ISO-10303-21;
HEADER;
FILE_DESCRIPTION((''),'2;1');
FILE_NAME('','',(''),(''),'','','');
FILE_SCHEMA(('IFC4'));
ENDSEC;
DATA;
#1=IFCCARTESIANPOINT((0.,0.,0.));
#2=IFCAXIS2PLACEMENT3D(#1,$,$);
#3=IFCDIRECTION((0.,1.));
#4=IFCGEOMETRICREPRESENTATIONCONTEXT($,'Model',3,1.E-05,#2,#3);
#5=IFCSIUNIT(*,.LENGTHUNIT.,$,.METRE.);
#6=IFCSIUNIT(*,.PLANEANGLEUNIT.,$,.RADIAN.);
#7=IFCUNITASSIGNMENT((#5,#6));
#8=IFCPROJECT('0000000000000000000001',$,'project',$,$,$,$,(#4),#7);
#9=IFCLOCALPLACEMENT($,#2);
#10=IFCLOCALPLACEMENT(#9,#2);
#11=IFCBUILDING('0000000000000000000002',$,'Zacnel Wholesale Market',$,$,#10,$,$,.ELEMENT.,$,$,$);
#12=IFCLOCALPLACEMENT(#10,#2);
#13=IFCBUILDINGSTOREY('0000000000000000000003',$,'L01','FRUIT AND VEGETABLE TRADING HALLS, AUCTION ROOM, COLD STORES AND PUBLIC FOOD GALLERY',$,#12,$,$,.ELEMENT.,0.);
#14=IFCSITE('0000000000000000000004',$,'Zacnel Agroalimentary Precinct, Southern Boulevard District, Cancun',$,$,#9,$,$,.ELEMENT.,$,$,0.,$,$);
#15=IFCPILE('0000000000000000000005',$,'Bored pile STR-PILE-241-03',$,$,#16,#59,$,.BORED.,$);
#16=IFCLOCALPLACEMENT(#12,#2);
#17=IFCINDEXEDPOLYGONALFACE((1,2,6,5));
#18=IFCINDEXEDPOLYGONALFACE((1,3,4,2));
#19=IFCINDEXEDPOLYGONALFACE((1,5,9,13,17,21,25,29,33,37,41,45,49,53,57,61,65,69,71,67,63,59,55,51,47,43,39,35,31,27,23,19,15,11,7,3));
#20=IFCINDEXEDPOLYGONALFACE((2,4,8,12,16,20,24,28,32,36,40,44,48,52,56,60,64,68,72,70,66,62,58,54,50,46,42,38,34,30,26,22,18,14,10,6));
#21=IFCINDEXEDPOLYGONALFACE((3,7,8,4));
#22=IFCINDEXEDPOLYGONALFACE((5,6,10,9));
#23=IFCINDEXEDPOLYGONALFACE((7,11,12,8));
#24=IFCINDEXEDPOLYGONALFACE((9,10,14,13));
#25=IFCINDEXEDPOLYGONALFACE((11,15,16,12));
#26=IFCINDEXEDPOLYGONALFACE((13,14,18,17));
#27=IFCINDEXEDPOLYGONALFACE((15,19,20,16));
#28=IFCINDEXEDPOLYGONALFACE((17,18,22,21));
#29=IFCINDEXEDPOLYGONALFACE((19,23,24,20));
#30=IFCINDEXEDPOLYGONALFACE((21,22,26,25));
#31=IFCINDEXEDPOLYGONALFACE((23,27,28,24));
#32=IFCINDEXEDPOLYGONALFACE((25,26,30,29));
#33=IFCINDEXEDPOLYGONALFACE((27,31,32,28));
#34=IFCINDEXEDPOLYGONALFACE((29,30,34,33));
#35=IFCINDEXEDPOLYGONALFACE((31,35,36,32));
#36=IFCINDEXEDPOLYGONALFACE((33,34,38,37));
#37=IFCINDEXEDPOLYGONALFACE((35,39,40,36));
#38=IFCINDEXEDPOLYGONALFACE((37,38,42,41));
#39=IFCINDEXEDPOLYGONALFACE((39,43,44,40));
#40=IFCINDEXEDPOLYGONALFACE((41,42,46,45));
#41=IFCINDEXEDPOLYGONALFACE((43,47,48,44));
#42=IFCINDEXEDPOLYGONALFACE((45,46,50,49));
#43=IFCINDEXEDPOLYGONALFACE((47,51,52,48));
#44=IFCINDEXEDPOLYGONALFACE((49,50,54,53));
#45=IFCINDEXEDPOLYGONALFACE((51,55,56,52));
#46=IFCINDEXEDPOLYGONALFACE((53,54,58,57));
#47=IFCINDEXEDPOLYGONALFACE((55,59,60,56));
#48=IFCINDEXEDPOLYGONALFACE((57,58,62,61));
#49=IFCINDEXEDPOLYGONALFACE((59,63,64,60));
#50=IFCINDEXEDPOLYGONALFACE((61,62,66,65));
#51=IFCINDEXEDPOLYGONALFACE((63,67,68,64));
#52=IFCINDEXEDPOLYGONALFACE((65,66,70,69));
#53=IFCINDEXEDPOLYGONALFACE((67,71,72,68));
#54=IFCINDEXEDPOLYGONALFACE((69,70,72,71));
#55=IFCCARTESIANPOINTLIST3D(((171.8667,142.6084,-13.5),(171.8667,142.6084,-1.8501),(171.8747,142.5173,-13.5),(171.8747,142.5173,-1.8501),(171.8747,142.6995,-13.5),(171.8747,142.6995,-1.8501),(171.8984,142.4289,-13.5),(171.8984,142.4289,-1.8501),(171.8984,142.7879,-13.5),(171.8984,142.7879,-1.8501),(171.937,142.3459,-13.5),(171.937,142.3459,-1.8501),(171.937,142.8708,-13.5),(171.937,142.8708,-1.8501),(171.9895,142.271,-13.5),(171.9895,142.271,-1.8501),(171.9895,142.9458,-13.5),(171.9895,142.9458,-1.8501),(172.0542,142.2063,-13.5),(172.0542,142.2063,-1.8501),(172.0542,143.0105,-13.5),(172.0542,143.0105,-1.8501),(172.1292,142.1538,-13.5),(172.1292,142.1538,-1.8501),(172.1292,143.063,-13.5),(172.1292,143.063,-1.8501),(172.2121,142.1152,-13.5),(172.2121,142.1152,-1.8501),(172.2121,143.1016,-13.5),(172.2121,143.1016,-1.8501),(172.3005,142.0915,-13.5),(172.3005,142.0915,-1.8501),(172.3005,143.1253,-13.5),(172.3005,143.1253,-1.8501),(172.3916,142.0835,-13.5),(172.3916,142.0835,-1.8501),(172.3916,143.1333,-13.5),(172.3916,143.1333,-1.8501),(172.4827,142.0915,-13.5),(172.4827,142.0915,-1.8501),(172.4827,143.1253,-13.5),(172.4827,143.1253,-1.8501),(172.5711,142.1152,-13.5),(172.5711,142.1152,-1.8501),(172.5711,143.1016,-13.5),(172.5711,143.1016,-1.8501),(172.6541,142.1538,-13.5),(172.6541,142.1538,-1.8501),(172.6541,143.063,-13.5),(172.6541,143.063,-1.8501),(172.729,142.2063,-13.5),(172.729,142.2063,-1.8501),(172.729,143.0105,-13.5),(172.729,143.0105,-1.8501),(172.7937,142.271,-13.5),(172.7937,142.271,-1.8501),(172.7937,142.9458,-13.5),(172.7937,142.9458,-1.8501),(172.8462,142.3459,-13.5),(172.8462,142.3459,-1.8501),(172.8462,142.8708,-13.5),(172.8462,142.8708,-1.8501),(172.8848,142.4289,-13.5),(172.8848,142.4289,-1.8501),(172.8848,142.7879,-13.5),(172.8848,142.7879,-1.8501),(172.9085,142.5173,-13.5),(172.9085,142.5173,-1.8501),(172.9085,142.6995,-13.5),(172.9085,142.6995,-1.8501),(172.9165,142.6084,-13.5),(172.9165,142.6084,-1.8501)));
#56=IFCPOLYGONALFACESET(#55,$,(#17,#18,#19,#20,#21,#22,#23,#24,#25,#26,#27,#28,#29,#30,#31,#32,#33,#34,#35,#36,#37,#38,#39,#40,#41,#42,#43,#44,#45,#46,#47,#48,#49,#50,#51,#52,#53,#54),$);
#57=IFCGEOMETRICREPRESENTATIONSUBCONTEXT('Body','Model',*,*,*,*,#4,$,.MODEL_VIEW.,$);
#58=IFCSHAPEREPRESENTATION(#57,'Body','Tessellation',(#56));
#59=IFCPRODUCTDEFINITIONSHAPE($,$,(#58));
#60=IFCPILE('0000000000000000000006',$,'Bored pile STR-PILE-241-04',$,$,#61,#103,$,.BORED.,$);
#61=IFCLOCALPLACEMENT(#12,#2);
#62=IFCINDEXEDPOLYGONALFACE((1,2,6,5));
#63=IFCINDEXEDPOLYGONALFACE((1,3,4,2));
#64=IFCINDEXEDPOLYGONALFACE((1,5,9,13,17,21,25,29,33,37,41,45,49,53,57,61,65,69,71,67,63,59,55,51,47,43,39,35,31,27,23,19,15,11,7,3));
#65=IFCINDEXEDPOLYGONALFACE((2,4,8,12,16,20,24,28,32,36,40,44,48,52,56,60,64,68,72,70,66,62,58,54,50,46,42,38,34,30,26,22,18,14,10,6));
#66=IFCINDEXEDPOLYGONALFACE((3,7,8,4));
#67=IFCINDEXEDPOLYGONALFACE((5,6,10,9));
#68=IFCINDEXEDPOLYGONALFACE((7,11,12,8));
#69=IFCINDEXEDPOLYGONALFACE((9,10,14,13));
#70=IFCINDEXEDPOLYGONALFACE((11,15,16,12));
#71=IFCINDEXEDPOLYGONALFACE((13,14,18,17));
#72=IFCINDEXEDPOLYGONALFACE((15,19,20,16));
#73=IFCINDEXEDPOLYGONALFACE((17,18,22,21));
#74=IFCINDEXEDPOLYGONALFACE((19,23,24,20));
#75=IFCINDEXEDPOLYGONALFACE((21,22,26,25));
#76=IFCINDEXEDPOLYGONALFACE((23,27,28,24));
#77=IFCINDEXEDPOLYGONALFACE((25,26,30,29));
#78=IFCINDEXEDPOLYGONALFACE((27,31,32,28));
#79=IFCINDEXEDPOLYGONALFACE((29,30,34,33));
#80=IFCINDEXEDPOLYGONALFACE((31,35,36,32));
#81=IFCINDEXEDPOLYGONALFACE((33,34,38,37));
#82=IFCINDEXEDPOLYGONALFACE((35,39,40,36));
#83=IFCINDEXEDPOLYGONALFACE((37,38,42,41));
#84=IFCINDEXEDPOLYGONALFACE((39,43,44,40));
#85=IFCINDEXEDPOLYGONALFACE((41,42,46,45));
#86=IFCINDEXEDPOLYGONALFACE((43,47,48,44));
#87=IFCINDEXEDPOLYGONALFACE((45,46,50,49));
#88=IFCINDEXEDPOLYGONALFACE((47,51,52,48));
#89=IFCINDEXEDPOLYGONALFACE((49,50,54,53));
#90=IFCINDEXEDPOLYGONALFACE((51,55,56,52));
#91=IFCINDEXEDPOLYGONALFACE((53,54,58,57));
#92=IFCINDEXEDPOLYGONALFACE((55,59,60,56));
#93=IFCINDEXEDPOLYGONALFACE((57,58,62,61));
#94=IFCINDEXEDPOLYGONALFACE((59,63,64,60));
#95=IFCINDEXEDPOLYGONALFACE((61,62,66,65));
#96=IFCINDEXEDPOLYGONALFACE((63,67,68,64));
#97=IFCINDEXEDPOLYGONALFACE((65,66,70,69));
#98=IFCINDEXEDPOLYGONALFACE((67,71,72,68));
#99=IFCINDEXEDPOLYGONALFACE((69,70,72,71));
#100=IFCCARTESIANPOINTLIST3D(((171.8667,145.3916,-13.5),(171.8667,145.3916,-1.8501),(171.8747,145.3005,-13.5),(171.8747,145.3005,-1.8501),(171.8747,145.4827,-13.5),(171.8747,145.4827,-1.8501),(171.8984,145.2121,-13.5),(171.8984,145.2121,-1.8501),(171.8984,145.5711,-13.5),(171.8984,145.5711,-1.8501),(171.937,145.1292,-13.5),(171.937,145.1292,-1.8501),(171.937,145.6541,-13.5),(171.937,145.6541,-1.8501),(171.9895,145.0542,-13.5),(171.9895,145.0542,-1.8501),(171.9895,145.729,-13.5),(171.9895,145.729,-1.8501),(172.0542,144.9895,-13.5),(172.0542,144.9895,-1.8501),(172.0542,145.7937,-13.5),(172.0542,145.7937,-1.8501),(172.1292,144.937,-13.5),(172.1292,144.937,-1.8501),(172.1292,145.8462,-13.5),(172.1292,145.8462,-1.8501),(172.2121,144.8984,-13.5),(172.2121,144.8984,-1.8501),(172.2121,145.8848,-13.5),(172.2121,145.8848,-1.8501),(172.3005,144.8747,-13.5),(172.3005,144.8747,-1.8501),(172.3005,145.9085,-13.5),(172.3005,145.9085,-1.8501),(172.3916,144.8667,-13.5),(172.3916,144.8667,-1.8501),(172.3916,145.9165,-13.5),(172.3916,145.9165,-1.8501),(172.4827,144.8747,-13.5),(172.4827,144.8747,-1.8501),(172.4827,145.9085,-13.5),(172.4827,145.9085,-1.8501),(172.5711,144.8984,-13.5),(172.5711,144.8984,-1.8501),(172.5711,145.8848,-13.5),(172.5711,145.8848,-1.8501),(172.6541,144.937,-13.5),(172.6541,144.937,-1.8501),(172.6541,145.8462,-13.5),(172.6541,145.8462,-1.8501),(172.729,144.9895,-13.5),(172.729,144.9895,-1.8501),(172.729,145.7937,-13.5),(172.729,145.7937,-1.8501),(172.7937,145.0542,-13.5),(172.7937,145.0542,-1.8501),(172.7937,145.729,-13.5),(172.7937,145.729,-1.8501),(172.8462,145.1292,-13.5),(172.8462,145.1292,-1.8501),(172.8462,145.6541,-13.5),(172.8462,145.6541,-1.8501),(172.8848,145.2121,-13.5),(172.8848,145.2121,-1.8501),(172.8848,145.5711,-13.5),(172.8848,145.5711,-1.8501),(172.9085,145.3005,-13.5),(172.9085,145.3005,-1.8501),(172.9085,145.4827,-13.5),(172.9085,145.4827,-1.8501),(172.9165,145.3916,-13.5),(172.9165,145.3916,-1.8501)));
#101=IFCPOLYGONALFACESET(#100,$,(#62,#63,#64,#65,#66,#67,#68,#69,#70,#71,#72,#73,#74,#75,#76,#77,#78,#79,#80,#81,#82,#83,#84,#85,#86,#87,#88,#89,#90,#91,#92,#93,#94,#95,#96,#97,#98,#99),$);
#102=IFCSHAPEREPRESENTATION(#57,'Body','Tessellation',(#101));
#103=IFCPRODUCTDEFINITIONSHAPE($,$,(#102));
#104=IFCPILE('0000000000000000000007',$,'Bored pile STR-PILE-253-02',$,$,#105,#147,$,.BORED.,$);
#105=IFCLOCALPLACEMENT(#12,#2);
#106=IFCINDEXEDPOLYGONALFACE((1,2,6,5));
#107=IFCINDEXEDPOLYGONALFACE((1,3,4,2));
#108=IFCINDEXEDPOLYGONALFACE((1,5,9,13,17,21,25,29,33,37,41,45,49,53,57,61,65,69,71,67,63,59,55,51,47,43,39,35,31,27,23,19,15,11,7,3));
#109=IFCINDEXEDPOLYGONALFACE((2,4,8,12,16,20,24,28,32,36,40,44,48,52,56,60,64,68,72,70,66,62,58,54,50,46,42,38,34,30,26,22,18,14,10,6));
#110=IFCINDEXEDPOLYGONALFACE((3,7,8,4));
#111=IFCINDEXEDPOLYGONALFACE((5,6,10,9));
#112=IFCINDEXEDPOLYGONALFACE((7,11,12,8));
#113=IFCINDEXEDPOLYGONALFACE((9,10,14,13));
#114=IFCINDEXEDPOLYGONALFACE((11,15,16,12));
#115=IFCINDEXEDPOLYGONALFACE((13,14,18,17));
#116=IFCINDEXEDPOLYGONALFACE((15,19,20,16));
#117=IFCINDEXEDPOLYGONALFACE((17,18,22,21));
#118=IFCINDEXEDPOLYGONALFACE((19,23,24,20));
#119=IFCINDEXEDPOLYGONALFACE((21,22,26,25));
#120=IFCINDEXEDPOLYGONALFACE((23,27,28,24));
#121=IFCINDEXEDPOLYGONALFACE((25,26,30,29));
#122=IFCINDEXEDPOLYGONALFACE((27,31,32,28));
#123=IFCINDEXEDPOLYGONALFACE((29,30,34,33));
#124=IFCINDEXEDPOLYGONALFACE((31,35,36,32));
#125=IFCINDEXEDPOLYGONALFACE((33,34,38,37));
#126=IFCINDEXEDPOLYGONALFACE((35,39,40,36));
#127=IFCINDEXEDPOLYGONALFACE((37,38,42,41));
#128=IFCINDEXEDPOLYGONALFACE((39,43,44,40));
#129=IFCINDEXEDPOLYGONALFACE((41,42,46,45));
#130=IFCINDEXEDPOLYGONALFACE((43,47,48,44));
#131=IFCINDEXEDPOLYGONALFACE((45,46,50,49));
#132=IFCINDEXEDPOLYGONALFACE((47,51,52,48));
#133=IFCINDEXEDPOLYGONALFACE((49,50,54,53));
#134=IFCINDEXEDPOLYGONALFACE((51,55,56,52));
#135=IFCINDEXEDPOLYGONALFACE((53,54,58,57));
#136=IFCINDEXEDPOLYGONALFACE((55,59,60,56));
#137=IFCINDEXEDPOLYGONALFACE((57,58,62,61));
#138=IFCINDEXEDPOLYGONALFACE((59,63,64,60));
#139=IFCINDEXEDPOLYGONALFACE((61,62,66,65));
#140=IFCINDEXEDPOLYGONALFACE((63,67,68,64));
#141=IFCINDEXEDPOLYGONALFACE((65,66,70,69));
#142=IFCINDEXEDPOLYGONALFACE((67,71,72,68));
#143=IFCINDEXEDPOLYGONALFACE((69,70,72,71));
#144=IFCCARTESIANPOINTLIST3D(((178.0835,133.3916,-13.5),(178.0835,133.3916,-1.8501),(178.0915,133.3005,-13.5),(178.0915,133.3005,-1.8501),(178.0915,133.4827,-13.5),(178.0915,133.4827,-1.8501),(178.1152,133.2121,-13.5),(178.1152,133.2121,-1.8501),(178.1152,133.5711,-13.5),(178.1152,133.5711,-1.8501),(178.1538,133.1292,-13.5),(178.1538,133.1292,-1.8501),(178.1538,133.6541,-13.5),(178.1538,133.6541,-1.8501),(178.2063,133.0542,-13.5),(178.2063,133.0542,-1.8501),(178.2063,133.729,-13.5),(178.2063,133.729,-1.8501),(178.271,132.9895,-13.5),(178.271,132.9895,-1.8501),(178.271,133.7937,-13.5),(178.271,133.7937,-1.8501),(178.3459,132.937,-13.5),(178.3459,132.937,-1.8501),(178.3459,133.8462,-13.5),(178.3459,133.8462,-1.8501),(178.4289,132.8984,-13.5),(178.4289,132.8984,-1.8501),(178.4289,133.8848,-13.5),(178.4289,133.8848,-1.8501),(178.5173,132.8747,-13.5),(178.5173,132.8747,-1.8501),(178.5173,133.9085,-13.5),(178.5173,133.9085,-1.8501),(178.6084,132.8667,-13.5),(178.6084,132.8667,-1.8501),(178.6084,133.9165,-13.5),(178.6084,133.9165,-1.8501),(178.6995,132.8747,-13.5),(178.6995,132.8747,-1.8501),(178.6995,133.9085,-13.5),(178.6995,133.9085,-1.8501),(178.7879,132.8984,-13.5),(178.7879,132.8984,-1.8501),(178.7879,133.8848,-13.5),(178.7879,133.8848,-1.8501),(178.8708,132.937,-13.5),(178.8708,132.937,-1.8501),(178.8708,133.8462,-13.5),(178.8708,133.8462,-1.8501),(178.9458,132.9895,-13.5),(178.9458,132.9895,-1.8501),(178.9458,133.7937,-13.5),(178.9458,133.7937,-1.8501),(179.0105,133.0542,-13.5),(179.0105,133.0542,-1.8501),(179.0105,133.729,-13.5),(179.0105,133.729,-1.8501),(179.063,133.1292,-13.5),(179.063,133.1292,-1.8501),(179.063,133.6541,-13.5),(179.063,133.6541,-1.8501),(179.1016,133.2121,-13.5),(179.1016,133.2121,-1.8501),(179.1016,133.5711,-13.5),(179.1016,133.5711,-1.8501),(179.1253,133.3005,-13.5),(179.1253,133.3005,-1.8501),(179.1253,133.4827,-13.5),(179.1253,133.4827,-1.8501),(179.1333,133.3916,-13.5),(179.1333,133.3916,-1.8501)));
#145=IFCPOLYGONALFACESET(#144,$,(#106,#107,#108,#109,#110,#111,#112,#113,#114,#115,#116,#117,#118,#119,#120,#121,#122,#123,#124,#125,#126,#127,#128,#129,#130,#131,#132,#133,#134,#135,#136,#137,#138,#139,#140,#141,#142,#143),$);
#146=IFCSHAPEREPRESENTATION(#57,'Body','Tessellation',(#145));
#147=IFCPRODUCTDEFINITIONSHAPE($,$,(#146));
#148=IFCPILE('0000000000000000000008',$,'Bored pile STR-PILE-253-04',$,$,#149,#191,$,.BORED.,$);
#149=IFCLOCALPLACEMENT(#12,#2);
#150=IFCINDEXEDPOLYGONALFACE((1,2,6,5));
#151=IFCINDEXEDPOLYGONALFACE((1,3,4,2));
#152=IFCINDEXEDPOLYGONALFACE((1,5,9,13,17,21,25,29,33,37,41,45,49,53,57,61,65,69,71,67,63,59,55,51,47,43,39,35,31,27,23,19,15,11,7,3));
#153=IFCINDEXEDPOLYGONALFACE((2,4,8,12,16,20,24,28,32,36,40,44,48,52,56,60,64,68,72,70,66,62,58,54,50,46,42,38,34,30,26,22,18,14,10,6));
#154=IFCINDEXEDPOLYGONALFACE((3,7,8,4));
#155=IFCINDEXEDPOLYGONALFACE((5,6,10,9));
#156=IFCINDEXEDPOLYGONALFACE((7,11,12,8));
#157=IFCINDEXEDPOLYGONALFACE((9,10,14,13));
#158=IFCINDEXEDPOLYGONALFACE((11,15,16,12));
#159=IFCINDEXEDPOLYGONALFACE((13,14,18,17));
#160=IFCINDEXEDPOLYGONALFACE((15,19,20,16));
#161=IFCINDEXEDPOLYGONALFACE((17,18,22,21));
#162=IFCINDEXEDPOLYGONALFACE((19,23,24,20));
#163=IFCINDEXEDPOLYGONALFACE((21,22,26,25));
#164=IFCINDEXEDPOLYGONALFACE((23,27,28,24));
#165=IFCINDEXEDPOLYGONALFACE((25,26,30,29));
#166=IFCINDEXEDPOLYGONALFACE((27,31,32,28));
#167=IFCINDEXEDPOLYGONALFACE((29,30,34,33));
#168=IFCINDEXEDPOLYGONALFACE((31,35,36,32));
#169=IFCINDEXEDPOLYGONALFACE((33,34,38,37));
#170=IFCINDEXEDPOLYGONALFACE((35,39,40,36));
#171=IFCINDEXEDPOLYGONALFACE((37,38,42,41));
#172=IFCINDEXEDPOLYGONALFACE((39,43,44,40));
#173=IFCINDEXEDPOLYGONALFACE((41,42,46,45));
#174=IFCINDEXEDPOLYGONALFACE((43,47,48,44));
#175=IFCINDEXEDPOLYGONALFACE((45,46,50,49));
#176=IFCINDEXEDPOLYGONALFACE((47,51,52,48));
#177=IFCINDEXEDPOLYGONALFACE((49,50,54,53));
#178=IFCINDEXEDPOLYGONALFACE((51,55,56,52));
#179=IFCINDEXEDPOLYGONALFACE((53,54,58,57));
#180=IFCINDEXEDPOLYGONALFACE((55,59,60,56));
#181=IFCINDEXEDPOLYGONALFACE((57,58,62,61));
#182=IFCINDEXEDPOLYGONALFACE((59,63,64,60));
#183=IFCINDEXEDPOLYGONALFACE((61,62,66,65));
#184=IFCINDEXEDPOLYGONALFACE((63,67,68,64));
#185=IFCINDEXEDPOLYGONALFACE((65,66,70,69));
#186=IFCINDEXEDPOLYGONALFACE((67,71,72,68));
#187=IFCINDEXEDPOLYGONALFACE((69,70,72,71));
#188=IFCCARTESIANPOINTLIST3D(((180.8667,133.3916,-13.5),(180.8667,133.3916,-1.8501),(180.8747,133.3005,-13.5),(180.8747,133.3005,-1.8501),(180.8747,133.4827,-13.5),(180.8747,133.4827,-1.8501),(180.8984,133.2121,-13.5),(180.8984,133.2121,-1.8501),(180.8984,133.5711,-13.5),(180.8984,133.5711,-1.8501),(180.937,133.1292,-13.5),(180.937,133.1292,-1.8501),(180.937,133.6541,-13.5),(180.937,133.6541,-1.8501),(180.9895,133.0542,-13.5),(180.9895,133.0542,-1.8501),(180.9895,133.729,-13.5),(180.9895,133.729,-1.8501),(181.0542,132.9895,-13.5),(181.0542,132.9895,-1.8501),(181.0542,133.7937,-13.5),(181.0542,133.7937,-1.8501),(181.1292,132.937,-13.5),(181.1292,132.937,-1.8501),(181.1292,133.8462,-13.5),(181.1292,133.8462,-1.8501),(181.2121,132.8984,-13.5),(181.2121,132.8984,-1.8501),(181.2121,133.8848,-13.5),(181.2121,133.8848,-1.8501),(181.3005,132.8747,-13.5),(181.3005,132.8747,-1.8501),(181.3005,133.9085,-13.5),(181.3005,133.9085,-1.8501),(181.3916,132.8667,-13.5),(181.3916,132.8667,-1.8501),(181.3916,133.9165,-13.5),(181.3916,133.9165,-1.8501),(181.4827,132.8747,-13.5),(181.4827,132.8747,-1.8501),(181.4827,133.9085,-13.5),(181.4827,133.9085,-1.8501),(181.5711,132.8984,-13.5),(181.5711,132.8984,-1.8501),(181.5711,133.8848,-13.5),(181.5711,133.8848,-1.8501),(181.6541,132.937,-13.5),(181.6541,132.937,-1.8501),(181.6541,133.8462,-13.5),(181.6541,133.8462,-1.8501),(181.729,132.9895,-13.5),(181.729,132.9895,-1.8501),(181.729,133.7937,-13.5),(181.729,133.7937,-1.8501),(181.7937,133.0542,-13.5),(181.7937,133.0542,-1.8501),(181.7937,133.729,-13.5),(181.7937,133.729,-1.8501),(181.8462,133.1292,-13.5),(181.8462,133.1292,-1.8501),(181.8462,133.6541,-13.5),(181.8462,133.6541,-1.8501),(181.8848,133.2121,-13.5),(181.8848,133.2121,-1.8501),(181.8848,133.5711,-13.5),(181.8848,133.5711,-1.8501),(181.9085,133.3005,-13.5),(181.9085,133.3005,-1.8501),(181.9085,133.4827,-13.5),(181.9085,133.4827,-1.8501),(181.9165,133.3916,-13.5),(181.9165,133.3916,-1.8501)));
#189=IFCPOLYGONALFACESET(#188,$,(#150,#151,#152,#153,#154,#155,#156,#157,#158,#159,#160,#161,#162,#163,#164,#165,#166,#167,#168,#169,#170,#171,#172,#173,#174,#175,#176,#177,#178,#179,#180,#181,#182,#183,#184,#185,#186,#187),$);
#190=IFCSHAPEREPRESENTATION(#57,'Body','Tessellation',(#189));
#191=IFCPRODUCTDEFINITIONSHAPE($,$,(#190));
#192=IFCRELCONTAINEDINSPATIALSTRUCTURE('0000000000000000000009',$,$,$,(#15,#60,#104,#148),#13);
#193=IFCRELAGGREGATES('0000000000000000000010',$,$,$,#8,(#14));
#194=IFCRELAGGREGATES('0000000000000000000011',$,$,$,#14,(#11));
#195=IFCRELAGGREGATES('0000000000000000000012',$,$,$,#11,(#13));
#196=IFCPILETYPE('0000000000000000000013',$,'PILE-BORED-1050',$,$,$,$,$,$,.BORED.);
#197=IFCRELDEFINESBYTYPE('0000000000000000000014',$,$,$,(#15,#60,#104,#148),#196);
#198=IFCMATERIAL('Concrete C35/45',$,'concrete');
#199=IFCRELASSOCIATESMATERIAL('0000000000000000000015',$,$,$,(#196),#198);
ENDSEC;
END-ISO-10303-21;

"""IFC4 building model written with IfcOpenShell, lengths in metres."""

from ifc_helpers import new_model, si_unit, direction, frame, origin, origin_2d, place, context, subcontext, project, spatial, circle, extrude, material, material_profile, profile_set, type_object, element, save


model = new_model("IFC4")

# Units and contexts
model_context = context("Model", 3, precision=1e-05, world=origin(), true_north=direction((0.0, 1.0)))
body_context = subcontext(model_context, "Body", "Model", "MODEL_VIEW")
ifc_project = project(units=[si_unit("LENGTHUNIT", "METRE"), si_unit("PLANEANGLEUNIT", "RADIAN")], contexts=[model_context])

# Site, building, storey
site_placement = place(None, origin())
site = spatial("IfcSite", under=ifc_project, at=site_placement, Name="Zacnel Agroalimentary Precinct, Southern Boulevard District, Cancun", CompositionType="ELEMENT", RefElevation=0.0)
building_placement = place(site_placement, origin())
building = spatial("IfcBuilding", under=site, at=building_placement, Name="Zacnel Wholesale Market", CompositionType="ELEMENT")
storey_placement = place(building_placement, origin())
storey = spatial("IfcBuildingStorey", under=building, at=storey_placement, Name="L01", Description="FRUIT AND VEGETABLE TRADING HALLS, AUCTION ROOM, COLD STORES AND PUBLIC FOOD GALLERY", CompositionType="ELEMENT", Elevation=0.0)

# Piles
ifc_material_1 = material(Name="Concrete C35/45", Category="concrete")
ifc_material_profile_1 = material_profile(ifc_material_1, circle(Radius=0.5249, at=origin_2d()), Name="BORED PILE D1050")
ifc_profile_set_1 = profile_set([ifc_material_profile_1], Name="Concrete C35/45")
pile_type = type_object("IfcPileType", Name="PILE-BORED-1050", PredefinedType="BORED", material=ifc_profile_set_1)
for number, where, z_axis, x_axis, name in (
    (1, (172.3916, 142.6084, -1.8501), (0.0, 0.0, -1.0), (1.0, 0.0, 0.0), "Bored pile STR-PILE-241-03"),
    (2, (172.3916, 145.3916, -1.8501), (0.0, 0.0, -1.0), (1.0, 0.0, 0.0), "Bored pile STR-PILE-241-04"),
    (3, (178.6084, 133.3916, -1.8501), (0.0, 0.0, -1.0), (1.0, 0.0, 0.0), "Bored pile STR-PILE-253-02"),
    (4, (181.3916, 133.3916, -1.8501), (0.0, 0.0, -1.0), (1.0, 0.0, 0.0), "Bored pile STR-PILE-253-04"),
):
    element("IfcPile", number, at=place(storey_placement, frame(where, z_axis=z_axis, x_axis=x_axis)), inside=storey, type_object=pile_type, Name=name, PredefinedType="BORED", context=body_context, shape_type="SweptSolid", body=[
        extrude(circle(Radius=0.5249, at=origin_2d()), origin(), (0.0, 0.0, 1.0), 11.6499),
    ])

save(model, "model.ifc")
